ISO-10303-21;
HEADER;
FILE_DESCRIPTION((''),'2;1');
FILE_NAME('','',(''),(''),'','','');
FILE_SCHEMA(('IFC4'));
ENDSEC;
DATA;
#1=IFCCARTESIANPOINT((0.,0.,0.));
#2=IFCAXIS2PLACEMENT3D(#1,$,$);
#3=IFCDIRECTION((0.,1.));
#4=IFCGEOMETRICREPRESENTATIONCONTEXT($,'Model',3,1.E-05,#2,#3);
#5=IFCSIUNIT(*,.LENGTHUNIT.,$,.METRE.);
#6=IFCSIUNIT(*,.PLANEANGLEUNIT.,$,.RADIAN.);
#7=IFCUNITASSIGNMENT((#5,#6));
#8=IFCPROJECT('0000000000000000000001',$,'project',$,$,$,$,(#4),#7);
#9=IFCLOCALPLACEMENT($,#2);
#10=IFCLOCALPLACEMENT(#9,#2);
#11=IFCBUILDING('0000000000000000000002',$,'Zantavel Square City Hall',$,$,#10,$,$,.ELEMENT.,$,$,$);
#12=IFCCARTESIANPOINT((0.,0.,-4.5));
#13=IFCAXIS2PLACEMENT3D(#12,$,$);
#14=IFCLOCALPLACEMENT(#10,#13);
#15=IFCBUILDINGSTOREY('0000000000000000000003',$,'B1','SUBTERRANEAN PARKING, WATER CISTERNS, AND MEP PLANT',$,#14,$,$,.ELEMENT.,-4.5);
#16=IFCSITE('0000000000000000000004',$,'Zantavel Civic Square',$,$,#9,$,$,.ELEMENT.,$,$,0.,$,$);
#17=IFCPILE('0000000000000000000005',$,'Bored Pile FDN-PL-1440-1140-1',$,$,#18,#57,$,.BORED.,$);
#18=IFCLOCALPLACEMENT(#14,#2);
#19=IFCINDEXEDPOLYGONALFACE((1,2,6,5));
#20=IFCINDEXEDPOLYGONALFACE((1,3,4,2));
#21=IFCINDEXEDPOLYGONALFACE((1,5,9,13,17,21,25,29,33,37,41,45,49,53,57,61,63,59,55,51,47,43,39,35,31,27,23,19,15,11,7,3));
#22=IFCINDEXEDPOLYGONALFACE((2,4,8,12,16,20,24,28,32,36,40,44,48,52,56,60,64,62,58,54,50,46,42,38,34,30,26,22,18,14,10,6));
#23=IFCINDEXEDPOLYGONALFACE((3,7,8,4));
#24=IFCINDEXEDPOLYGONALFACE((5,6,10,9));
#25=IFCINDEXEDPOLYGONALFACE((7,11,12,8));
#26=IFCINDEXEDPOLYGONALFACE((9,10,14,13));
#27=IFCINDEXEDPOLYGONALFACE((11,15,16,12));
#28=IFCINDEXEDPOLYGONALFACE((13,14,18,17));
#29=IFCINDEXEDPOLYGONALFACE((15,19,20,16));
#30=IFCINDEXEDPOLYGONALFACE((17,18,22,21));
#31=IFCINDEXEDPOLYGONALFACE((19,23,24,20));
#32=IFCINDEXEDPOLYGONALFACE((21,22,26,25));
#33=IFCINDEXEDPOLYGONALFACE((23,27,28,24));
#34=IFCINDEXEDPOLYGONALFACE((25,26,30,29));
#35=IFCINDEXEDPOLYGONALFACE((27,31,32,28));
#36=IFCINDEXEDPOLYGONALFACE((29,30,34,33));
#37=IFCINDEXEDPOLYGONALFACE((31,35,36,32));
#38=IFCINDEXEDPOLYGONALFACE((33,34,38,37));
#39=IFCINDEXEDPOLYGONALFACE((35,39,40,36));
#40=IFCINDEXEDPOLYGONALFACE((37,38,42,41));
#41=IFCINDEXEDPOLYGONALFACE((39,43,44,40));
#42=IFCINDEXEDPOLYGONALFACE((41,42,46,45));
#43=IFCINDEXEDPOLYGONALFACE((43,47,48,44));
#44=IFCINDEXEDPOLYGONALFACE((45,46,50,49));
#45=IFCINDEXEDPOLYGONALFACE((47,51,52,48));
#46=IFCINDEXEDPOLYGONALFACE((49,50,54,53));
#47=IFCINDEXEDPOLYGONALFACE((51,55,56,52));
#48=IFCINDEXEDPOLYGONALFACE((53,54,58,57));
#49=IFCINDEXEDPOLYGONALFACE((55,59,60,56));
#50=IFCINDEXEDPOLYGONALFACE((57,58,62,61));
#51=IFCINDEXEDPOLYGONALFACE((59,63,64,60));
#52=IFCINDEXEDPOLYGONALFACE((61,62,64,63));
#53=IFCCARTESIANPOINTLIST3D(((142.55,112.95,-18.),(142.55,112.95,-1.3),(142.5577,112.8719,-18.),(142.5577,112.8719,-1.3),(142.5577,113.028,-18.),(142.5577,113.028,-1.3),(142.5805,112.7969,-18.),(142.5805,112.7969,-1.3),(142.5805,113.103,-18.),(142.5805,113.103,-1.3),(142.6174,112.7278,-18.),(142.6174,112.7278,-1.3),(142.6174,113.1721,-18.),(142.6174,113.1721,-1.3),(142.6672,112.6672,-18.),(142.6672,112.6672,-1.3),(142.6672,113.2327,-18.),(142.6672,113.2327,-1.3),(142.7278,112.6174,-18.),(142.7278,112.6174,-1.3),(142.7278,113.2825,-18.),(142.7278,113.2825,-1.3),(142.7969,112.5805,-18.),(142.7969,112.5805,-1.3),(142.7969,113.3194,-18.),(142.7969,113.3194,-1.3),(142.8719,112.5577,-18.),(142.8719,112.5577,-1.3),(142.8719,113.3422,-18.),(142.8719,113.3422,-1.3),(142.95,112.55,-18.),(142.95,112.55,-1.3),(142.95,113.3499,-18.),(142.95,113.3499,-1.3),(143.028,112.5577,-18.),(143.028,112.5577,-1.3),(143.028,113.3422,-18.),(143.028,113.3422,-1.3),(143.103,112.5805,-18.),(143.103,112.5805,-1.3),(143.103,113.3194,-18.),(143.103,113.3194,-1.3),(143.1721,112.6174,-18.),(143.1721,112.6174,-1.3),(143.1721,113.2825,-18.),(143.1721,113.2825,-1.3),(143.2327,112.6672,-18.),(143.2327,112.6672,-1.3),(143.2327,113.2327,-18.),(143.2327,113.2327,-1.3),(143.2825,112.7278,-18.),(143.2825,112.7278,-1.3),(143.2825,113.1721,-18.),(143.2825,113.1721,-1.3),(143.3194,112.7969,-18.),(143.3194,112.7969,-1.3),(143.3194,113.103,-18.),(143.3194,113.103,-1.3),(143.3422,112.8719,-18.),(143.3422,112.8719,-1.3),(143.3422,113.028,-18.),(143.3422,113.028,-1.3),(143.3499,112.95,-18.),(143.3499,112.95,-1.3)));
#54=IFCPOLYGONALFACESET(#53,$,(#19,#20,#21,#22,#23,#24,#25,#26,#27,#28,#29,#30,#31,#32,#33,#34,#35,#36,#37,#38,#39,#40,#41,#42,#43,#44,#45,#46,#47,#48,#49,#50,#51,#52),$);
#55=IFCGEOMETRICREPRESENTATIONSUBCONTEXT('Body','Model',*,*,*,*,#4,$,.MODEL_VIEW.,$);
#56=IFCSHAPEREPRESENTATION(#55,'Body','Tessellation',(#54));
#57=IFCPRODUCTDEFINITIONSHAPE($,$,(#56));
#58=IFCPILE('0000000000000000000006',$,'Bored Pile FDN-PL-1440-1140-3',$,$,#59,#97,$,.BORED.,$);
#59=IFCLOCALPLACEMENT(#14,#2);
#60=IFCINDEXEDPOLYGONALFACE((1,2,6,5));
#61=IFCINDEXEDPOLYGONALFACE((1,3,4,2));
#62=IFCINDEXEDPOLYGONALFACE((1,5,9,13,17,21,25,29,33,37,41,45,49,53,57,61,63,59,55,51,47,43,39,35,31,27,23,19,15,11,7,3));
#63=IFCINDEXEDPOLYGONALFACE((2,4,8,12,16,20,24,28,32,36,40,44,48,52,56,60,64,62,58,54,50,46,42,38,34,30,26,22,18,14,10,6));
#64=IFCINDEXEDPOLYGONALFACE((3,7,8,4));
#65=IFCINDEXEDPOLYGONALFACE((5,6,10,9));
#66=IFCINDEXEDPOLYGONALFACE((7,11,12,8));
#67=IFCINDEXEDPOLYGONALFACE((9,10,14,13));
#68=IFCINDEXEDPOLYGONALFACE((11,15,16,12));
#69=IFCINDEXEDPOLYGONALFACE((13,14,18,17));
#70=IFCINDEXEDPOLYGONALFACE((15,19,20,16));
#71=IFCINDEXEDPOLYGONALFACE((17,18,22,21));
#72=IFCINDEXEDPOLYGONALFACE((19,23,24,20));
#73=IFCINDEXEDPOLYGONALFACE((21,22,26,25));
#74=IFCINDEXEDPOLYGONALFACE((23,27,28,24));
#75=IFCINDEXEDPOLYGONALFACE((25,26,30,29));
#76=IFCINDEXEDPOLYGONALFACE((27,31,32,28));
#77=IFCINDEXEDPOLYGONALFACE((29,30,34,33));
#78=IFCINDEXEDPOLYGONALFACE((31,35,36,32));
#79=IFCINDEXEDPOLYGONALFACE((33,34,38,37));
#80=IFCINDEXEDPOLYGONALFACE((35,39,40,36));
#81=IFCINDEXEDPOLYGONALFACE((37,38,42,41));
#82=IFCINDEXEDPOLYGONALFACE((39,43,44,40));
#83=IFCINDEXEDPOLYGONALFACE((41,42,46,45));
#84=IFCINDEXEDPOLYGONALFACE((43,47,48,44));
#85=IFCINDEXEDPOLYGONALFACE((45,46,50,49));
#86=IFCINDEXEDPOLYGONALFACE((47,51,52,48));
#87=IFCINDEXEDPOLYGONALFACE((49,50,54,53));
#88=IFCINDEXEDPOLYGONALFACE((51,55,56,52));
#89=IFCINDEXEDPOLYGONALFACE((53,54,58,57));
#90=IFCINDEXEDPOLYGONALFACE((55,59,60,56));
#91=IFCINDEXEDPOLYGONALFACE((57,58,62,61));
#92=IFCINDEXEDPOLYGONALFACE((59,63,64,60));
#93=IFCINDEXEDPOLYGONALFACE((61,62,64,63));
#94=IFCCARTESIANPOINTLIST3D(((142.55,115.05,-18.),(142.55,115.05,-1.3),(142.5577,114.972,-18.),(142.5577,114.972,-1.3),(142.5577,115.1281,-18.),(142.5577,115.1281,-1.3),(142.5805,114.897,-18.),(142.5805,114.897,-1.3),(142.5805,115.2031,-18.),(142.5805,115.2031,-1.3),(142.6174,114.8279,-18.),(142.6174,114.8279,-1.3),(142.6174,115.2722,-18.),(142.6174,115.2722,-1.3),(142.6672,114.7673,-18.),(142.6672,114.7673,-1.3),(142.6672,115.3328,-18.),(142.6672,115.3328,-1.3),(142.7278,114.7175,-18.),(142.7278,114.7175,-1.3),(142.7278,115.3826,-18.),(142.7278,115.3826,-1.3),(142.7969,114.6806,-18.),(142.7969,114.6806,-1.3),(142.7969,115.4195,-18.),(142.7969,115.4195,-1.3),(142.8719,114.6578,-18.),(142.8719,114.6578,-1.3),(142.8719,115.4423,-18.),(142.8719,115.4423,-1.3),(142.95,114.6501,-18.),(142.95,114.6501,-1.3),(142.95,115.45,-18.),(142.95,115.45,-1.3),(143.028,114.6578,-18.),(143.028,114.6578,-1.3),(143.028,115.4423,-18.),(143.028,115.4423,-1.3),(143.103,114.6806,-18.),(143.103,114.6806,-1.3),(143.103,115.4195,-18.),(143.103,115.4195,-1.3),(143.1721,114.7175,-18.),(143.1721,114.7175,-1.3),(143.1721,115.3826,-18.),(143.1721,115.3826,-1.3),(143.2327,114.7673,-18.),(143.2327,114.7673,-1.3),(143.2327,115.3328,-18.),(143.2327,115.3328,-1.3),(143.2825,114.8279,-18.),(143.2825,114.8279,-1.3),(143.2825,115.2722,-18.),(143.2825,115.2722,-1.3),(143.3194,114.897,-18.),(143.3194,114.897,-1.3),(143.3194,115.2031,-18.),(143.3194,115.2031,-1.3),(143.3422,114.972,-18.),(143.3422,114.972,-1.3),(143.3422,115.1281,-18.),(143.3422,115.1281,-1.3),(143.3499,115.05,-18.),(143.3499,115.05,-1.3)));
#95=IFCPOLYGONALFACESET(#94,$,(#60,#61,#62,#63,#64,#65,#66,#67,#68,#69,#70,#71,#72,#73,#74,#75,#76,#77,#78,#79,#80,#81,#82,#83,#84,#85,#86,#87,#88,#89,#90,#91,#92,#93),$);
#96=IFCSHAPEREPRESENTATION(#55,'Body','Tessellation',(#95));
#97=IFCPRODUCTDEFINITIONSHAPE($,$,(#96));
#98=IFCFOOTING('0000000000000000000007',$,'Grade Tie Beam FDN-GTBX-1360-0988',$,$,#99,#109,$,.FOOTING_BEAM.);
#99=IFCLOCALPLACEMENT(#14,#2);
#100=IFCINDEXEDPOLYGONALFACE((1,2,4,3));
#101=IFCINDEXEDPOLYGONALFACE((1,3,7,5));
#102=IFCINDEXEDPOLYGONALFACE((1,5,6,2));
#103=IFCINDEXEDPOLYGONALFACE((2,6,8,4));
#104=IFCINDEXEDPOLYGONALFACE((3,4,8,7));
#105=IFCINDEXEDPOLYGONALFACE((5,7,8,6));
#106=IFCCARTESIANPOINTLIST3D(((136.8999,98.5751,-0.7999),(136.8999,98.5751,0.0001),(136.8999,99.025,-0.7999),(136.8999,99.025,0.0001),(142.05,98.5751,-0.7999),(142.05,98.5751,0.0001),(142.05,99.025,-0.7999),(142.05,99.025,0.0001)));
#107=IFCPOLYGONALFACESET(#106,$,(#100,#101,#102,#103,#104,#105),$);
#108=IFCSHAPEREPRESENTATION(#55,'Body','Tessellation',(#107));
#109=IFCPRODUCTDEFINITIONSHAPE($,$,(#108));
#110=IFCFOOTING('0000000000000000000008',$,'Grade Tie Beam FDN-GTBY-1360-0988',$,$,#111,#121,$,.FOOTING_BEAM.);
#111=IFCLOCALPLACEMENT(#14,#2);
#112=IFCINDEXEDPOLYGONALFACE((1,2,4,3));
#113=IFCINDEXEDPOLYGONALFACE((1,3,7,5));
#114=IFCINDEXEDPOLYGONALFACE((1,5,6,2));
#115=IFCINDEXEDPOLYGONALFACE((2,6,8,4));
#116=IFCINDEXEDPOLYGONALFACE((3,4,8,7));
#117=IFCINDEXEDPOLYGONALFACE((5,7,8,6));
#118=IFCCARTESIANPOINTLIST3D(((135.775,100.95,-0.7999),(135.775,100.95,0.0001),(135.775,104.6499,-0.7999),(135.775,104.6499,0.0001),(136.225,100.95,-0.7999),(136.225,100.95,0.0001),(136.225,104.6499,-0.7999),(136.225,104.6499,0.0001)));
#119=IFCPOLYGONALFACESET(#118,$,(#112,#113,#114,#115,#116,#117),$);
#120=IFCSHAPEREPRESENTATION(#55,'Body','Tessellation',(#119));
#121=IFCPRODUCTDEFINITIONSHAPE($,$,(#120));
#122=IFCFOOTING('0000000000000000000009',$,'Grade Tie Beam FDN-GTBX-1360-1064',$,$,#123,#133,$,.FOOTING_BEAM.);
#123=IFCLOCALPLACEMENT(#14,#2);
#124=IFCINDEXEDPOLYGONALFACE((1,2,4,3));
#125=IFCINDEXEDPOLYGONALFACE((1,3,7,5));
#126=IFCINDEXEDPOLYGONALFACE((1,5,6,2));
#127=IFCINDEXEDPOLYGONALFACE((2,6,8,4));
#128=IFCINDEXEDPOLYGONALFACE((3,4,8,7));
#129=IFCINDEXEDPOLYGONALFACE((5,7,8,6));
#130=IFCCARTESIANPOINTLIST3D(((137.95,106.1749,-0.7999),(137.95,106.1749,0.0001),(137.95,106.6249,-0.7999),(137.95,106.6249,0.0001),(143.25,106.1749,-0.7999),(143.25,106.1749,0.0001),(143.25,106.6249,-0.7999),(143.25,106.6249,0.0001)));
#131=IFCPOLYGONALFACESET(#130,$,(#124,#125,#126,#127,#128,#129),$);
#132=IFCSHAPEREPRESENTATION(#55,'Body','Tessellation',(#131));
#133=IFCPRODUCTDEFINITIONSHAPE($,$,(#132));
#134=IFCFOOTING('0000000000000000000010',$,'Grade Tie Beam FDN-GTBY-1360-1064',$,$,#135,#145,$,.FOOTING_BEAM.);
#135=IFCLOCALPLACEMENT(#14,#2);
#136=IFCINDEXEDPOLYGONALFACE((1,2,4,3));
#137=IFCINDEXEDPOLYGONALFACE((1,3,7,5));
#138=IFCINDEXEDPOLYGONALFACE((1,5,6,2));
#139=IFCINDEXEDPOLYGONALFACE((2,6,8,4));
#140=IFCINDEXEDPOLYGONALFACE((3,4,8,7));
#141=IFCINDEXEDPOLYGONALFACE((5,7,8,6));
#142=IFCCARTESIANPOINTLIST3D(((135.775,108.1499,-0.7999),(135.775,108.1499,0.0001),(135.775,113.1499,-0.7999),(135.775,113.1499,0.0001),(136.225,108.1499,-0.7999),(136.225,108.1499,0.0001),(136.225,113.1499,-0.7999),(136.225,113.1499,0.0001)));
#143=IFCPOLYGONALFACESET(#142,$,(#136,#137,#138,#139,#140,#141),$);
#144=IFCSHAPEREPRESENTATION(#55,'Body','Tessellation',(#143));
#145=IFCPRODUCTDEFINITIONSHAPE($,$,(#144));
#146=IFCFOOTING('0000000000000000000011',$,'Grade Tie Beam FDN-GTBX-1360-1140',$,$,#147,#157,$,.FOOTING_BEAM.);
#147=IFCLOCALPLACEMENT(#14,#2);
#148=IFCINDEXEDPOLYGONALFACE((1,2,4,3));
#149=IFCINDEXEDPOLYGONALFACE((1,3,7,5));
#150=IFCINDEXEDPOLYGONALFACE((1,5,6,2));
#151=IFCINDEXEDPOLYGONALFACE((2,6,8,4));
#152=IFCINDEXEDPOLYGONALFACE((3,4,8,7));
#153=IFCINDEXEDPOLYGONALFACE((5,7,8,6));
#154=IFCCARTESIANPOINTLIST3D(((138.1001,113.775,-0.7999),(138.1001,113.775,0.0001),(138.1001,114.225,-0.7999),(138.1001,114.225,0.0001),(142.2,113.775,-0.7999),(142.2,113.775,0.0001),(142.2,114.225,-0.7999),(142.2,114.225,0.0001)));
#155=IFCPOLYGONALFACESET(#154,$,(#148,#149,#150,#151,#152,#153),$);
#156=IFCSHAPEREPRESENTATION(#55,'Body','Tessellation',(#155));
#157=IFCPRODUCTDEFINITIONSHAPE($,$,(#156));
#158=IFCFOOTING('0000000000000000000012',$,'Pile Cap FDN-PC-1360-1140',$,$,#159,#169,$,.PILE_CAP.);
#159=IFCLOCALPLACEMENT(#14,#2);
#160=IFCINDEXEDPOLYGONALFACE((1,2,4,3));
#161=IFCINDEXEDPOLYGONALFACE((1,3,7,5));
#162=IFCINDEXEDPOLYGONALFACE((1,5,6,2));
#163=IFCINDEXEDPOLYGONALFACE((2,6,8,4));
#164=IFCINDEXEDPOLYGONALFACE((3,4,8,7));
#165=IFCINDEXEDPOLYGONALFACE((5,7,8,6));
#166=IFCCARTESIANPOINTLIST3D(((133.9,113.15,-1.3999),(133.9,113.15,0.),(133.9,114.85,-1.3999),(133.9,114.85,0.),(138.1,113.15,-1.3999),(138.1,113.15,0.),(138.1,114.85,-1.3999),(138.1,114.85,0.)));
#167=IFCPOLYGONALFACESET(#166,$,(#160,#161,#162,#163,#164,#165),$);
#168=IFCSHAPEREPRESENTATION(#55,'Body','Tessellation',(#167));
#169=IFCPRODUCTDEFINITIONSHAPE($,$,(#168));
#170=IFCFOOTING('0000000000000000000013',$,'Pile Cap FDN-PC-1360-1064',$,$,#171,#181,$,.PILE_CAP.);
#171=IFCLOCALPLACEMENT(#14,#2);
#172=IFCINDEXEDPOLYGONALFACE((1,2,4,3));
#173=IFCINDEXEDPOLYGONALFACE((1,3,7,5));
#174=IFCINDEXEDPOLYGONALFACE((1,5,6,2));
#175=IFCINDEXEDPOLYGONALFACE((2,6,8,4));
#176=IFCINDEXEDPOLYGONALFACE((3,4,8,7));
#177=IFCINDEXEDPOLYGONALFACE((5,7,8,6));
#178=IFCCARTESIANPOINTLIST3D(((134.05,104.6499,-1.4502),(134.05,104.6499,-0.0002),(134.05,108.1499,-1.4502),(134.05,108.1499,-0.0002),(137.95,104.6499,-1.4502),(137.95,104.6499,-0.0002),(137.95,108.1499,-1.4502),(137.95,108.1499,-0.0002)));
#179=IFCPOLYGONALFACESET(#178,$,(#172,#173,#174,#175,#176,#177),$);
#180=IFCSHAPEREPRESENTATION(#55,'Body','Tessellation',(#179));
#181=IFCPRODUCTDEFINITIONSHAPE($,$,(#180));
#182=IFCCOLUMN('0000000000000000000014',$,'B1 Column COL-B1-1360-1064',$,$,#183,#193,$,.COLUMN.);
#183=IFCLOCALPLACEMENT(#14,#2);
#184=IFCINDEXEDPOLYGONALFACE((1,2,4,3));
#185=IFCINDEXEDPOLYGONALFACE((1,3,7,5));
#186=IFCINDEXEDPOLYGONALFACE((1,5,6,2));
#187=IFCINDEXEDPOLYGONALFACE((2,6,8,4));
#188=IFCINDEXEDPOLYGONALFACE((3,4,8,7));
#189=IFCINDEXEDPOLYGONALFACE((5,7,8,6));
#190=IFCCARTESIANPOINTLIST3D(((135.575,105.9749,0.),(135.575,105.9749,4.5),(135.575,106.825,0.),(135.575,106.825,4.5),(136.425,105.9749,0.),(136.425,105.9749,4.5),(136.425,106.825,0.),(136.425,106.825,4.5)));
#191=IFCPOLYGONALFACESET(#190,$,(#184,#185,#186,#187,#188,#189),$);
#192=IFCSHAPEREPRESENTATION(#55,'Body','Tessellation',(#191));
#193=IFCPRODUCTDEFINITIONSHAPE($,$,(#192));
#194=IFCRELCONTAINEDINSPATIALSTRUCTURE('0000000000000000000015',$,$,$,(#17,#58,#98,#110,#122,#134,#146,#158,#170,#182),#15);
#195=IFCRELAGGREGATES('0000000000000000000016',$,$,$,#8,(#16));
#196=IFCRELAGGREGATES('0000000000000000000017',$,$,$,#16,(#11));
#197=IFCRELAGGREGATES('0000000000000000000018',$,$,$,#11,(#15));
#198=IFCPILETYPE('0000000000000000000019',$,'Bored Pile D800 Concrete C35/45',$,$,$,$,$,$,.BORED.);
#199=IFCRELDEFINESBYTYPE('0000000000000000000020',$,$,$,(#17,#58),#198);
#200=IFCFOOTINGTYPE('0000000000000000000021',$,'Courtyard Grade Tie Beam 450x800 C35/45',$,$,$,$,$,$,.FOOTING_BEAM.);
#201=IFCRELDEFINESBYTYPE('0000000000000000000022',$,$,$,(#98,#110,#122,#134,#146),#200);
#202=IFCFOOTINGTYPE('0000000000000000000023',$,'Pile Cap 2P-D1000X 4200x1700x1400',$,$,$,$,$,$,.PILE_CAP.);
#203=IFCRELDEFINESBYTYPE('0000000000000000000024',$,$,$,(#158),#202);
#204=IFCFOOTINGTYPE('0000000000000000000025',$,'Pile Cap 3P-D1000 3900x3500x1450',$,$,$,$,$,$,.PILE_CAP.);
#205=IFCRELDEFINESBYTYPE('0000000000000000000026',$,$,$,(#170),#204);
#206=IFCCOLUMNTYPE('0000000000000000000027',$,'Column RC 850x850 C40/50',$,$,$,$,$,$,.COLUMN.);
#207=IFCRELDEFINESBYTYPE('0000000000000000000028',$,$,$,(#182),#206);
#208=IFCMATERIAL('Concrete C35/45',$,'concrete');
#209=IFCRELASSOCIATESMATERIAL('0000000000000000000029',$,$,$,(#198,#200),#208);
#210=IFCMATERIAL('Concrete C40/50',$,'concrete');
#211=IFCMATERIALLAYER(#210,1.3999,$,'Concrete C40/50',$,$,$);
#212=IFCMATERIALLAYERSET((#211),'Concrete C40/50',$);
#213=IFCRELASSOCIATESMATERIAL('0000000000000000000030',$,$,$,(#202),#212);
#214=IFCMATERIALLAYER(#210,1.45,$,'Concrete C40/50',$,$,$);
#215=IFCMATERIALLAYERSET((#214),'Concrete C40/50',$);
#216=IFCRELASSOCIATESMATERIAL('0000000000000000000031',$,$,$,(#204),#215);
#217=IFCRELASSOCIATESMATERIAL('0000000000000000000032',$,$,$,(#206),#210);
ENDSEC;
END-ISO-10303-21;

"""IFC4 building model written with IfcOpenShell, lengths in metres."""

from ifc_helpers import new_model, si_unit, direction, frame, origin, origin_2d, place, context, subcontext, project, spatial, rectangle, circle, extrude, material, layer, layer_set, material_profile, profile_set, type_object, element, save


model = new_model("IFC4")

# Units and contexts
model_context = context("Model", 3, precision=1e-05, world=origin(), true_north=direction((0.0, 1.0)))
body_context = subcontext(model_context, "Body", "Model", "MODEL_VIEW")
ifc_project = project(units=[si_unit("LENGTHUNIT", "METRE"), si_unit("PLANEANGLEUNIT", "RADIAN")], contexts=[model_context])

# Site, building, storey
site_placement = place(None, origin())
site = spatial("IfcSite", under=ifc_project, at=site_placement, Name="Zantavel Civic Square", CompositionType="ELEMENT", RefElevation=0.0)
building_placement = place(site_placement, origin())
building = spatial("IfcBuilding", under=site, at=building_placement, Name="Zantavel Square City Hall", CompositionType="ELEMENT")
storey_placement = place(building_placement, frame((0.0, 0.0, -4.5)))
storey = spatial("IfcBuildingStorey", under=building, at=storey_placement, Name="B1", Description="SUBTERRANEAN PARKING, WATER CISTERNS, AND MEP PLANT", CompositionType="ELEMENT", Elevation=-4.5)

# Piles
ifc_material_1 = material(Name="Concrete C35/45", Category="concrete")
ifc_material_profile_1 = material_profile(ifc_material_1, circle(Radius=0.3999, at=origin_2d()), Name="PILE D800")
ifc_profile_set_1 = profile_set([ifc_material_profile_1], Name="Concrete C35/45")
pile_type_1 = type_object("IfcPileType", Name="Bored Pile D800 Concrete C35/45", PredefinedType="BORED", material=ifc_profile_set_1)
for number, where, z_axis, x_axis, name in (
    (1, (142.95, 112.95, -1.3), (0.0, 0.0, -1.0), (1.0, 0.0, 0.0), "Bored Pile FDN-PL-1440-1140-1"),
    (2, (142.95, 115.05, -1.3), (0.0, 0.0, -1.0), (1.0, 0.0, 0.0), "Bored Pile FDN-PL-1440-1140-3"),
):
    element("IfcPile", number, at=place(storey_placement, frame(where, z_axis=z_axis, x_axis=x_axis)), inside=storey, type_object=pile_type_1, Name=name, PredefinedType="BORED", context=body_context, shape_type="SweptSolid", body=[
        extrude(circle(Radius=0.3999, at=origin_2d()), origin(), (0.0, 0.0, 1.0), 16.7),
    ])

# Footings
ifc_material_profile_2 = material_profile(ifc_material_1, rectangle(XDim=0.45, YDim=0.8, at=origin_2d()), Name="RC 450x800")
ifc_profile_set_2 = profile_set([ifc_material_profile_2], Name="Concrete C35/45")
footing_type_1 = type_object("IfcFootingType", Name="Courtyard Grade Tie Beam 450x800 C35/45", PredefinedType="FOOTING_BEAM", material=ifc_profile_set_2)
footing_1_placement = place(storey_placement, frame((136.8999, 98.8, -0.3999), z_axis=(1.0, 0.0, 0.0), x_axis=(0.0, 1.0, 0.0)))
element("IfcFooting", 3, at=footing_1_placement, inside=storey, type_object=footing_type_1, Name="Grade Tie Beam FDN-GTBX-1360-0988", PredefinedType="FOOTING_BEAM", context=body_context, shape_type="SweptSolid", body=[
    extrude(rectangle(XDim=0.45, YDim=0.8, at=origin_2d()), origin(), (0.0, 0.0, 1.0), 5.1501),
])
footing_2_placement = place(storey_placement, frame((136.0, 100.95, -0.3999), z_axis=(0.0, 1.0, 0.0), x_axis=(-1.0, 0.0, 0.0)))
element("IfcFooting", 4, at=footing_2_placement, inside=storey, type_object=footing_type_1, Name="Grade Tie Beam FDN-GTBY-1360-0988", PredefinedType="FOOTING_BEAM", context=body_context, shape_type="SweptSolid", body=[
    extrude(rectangle(XDim=0.45, YDim=0.8, at=origin_2d()), origin(), (0.0, 0.0, 1.0), 3.7),
])
footing_3_placement = place(storey_placement, frame((137.95, 106.3999, -0.3999), z_axis=(1.0, 0.0, 0.0), x_axis=(0.0, 1.0, 0.0)))
element("IfcFooting", 5, at=footing_3_placement, inside=storey, type_object=footing_type_1, Name="Grade Tie Beam FDN-GTBX-1360-1064", PredefinedType="FOOTING_BEAM", context=body_context, shape_type="SweptSolid", body=[
    extrude(rectangle(XDim=0.45, YDim=0.8, at=origin_2d()), origin(), (0.0, 0.0, 1.0), 5.3),
])
footing_4_placement = place(storey_placement, frame((136.0, 108.1499, -0.3999), z_axis=(0.0, 1.0, 0.0), x_axis=(-1.0, 0.0, 0.0)))
element("IfcFooting", 6, at=footing_4_placement, inside=storey, type_object=footing_type_1, Name="Grade Tie Beam FDN-GTBY-1360-1064", PredefinedType="FOOTING_BEAM", context=body_context, shape_type="SweptSolid", body=[
    extrude(rectangle(XDim=0.45, YDim=0.8, at=origin_2d()), origin(), (0.0, 0.0, 1.0), 5.0),
])
footing_5_placement = place(storey_placement, frame((138.1001, 114.0, -0.3999), z_axis=(1.0, 0.0, 0.0), x_axis=(0.0, 1.0, 0.0)))
element("IfcFooting", 7, at=footing_5_placement, inside=storey, type_object=footing_type_1, Name="Grade Tie Beam FDN-GTBX-1360-1140", PredefinedType="FOOTING_BEAM", context=body_context, shape_type="SweptSolid", body=[
    extrude(rectangle(XDim=0.45, YDim=0.8, at=origin_2d()), origin(), (0.0, 0.0, 1.0), 4.0999),
])
ifc_material_2 = material(Name="Concrete C40/50", Category="concrete")
ifc_layer_1 = layer(ifc_material_2, 1.3999, Name="Concrete C40/50")
ifc_layer_set_1 = layer_set([ifc_layer_1], Name="Concrete C40/50")
footing_type_2 = type_object("IfcFootingType", Name="Pile Cap 2P-D1000X 4200x1700x1400", PredefinedType="PILE_CAP", material=ifc_layer_set_1)
footing_6_placement = place(storey_placement, frame((136.0, 114.0, -1.3999), z_axis=(0.0, 0.0, 1.0), x_axis=(1.0, 0.0, 0.0)))
element("IfcFooting", 8, at=footing_6_placement, inside=storey, type_object=footing_type_2, Name="Pile Cap FDN-PC-1360-1140", PredefinedType="PILE_CAP", context=body_context, shape_type="SweptSolid", body=[
    extrude(rectangle(XDim=4.2, YDim=1.7, at=origin_2d()), origin(), (0.0, 0.0, 1.0), 1.3999),
])
ifc_layer_2 = layer(ifc_material_2, 1.45, Name="Concrete C40/50")
ifc_layer_set_2 = layer_set([ifc_layer_2], Name="Concrete C40/50")
footing_type_3 = type_object("IfcFootingType", Name="Pile Cap 3P-D1000 3900x3500x1450", PredefinedType="PILE_CAP", material=ifc_layer_set_2)
footing_7_placement = place(storey_placement, frame((136.0, 106.3999, -1.4502), z_axis=(0.0, 0.0, 1.0), x_axis=(1.0, 0.0, 0.0)))
element("IfcFooting", 9, at=footing_7_placement, inside=storey, type_object=footing_type_3, Name="Pile Cap FDN-PC-1360-1064", PredefinedType="PILE_CAP", context=body_context, shape_type="SweptSolid", body=[
    extrude(rectangle(XDim=3.8999, YDim=3.5, at=origin_2d()), origin(), (0.0, 0.0, 1.0), 1.45),
])

# Column
ifc_material_profile_3 = material_profile(ifc_material_2, rectangle(XDim=0.8501, YDim=0.8501, at=origin_2d()), Name="RC 850x850")
ifc_profile_set_3 = profile_set([ifc_material_profile_3], Name="Concrete C40/50")
column_type = type_object("IfcColumnType", Name="Column RC 850x850 C40/50", PredefinedType="COLUMN", material=ifc_profile_set_3)
for number, where, z_axis, x_axis, name in (
    (10, (136.0, 106.3999, 0.0), (0.0, 0.0, 1.0), (1.0, 0.0, 0.0), "B1 Column COL-B1-1360-1064"),
):
    element("IfcColumn", number, at=place(storey_placement, frame(where, z_axis=z_axis, x_axis=x_axis)), inside=storey, type_object=column_type, Name=name, PredefinedType="COLUMN", context=body_context, shape_type="SweptSolid", body=[
        extrude(rectangle(XDim=0.8501, YDim=0.8501, at=origin_2d()), origin(), (0.0, 0.0, 1.0), 4.5),
    ])

save(model, "model.ifc")
